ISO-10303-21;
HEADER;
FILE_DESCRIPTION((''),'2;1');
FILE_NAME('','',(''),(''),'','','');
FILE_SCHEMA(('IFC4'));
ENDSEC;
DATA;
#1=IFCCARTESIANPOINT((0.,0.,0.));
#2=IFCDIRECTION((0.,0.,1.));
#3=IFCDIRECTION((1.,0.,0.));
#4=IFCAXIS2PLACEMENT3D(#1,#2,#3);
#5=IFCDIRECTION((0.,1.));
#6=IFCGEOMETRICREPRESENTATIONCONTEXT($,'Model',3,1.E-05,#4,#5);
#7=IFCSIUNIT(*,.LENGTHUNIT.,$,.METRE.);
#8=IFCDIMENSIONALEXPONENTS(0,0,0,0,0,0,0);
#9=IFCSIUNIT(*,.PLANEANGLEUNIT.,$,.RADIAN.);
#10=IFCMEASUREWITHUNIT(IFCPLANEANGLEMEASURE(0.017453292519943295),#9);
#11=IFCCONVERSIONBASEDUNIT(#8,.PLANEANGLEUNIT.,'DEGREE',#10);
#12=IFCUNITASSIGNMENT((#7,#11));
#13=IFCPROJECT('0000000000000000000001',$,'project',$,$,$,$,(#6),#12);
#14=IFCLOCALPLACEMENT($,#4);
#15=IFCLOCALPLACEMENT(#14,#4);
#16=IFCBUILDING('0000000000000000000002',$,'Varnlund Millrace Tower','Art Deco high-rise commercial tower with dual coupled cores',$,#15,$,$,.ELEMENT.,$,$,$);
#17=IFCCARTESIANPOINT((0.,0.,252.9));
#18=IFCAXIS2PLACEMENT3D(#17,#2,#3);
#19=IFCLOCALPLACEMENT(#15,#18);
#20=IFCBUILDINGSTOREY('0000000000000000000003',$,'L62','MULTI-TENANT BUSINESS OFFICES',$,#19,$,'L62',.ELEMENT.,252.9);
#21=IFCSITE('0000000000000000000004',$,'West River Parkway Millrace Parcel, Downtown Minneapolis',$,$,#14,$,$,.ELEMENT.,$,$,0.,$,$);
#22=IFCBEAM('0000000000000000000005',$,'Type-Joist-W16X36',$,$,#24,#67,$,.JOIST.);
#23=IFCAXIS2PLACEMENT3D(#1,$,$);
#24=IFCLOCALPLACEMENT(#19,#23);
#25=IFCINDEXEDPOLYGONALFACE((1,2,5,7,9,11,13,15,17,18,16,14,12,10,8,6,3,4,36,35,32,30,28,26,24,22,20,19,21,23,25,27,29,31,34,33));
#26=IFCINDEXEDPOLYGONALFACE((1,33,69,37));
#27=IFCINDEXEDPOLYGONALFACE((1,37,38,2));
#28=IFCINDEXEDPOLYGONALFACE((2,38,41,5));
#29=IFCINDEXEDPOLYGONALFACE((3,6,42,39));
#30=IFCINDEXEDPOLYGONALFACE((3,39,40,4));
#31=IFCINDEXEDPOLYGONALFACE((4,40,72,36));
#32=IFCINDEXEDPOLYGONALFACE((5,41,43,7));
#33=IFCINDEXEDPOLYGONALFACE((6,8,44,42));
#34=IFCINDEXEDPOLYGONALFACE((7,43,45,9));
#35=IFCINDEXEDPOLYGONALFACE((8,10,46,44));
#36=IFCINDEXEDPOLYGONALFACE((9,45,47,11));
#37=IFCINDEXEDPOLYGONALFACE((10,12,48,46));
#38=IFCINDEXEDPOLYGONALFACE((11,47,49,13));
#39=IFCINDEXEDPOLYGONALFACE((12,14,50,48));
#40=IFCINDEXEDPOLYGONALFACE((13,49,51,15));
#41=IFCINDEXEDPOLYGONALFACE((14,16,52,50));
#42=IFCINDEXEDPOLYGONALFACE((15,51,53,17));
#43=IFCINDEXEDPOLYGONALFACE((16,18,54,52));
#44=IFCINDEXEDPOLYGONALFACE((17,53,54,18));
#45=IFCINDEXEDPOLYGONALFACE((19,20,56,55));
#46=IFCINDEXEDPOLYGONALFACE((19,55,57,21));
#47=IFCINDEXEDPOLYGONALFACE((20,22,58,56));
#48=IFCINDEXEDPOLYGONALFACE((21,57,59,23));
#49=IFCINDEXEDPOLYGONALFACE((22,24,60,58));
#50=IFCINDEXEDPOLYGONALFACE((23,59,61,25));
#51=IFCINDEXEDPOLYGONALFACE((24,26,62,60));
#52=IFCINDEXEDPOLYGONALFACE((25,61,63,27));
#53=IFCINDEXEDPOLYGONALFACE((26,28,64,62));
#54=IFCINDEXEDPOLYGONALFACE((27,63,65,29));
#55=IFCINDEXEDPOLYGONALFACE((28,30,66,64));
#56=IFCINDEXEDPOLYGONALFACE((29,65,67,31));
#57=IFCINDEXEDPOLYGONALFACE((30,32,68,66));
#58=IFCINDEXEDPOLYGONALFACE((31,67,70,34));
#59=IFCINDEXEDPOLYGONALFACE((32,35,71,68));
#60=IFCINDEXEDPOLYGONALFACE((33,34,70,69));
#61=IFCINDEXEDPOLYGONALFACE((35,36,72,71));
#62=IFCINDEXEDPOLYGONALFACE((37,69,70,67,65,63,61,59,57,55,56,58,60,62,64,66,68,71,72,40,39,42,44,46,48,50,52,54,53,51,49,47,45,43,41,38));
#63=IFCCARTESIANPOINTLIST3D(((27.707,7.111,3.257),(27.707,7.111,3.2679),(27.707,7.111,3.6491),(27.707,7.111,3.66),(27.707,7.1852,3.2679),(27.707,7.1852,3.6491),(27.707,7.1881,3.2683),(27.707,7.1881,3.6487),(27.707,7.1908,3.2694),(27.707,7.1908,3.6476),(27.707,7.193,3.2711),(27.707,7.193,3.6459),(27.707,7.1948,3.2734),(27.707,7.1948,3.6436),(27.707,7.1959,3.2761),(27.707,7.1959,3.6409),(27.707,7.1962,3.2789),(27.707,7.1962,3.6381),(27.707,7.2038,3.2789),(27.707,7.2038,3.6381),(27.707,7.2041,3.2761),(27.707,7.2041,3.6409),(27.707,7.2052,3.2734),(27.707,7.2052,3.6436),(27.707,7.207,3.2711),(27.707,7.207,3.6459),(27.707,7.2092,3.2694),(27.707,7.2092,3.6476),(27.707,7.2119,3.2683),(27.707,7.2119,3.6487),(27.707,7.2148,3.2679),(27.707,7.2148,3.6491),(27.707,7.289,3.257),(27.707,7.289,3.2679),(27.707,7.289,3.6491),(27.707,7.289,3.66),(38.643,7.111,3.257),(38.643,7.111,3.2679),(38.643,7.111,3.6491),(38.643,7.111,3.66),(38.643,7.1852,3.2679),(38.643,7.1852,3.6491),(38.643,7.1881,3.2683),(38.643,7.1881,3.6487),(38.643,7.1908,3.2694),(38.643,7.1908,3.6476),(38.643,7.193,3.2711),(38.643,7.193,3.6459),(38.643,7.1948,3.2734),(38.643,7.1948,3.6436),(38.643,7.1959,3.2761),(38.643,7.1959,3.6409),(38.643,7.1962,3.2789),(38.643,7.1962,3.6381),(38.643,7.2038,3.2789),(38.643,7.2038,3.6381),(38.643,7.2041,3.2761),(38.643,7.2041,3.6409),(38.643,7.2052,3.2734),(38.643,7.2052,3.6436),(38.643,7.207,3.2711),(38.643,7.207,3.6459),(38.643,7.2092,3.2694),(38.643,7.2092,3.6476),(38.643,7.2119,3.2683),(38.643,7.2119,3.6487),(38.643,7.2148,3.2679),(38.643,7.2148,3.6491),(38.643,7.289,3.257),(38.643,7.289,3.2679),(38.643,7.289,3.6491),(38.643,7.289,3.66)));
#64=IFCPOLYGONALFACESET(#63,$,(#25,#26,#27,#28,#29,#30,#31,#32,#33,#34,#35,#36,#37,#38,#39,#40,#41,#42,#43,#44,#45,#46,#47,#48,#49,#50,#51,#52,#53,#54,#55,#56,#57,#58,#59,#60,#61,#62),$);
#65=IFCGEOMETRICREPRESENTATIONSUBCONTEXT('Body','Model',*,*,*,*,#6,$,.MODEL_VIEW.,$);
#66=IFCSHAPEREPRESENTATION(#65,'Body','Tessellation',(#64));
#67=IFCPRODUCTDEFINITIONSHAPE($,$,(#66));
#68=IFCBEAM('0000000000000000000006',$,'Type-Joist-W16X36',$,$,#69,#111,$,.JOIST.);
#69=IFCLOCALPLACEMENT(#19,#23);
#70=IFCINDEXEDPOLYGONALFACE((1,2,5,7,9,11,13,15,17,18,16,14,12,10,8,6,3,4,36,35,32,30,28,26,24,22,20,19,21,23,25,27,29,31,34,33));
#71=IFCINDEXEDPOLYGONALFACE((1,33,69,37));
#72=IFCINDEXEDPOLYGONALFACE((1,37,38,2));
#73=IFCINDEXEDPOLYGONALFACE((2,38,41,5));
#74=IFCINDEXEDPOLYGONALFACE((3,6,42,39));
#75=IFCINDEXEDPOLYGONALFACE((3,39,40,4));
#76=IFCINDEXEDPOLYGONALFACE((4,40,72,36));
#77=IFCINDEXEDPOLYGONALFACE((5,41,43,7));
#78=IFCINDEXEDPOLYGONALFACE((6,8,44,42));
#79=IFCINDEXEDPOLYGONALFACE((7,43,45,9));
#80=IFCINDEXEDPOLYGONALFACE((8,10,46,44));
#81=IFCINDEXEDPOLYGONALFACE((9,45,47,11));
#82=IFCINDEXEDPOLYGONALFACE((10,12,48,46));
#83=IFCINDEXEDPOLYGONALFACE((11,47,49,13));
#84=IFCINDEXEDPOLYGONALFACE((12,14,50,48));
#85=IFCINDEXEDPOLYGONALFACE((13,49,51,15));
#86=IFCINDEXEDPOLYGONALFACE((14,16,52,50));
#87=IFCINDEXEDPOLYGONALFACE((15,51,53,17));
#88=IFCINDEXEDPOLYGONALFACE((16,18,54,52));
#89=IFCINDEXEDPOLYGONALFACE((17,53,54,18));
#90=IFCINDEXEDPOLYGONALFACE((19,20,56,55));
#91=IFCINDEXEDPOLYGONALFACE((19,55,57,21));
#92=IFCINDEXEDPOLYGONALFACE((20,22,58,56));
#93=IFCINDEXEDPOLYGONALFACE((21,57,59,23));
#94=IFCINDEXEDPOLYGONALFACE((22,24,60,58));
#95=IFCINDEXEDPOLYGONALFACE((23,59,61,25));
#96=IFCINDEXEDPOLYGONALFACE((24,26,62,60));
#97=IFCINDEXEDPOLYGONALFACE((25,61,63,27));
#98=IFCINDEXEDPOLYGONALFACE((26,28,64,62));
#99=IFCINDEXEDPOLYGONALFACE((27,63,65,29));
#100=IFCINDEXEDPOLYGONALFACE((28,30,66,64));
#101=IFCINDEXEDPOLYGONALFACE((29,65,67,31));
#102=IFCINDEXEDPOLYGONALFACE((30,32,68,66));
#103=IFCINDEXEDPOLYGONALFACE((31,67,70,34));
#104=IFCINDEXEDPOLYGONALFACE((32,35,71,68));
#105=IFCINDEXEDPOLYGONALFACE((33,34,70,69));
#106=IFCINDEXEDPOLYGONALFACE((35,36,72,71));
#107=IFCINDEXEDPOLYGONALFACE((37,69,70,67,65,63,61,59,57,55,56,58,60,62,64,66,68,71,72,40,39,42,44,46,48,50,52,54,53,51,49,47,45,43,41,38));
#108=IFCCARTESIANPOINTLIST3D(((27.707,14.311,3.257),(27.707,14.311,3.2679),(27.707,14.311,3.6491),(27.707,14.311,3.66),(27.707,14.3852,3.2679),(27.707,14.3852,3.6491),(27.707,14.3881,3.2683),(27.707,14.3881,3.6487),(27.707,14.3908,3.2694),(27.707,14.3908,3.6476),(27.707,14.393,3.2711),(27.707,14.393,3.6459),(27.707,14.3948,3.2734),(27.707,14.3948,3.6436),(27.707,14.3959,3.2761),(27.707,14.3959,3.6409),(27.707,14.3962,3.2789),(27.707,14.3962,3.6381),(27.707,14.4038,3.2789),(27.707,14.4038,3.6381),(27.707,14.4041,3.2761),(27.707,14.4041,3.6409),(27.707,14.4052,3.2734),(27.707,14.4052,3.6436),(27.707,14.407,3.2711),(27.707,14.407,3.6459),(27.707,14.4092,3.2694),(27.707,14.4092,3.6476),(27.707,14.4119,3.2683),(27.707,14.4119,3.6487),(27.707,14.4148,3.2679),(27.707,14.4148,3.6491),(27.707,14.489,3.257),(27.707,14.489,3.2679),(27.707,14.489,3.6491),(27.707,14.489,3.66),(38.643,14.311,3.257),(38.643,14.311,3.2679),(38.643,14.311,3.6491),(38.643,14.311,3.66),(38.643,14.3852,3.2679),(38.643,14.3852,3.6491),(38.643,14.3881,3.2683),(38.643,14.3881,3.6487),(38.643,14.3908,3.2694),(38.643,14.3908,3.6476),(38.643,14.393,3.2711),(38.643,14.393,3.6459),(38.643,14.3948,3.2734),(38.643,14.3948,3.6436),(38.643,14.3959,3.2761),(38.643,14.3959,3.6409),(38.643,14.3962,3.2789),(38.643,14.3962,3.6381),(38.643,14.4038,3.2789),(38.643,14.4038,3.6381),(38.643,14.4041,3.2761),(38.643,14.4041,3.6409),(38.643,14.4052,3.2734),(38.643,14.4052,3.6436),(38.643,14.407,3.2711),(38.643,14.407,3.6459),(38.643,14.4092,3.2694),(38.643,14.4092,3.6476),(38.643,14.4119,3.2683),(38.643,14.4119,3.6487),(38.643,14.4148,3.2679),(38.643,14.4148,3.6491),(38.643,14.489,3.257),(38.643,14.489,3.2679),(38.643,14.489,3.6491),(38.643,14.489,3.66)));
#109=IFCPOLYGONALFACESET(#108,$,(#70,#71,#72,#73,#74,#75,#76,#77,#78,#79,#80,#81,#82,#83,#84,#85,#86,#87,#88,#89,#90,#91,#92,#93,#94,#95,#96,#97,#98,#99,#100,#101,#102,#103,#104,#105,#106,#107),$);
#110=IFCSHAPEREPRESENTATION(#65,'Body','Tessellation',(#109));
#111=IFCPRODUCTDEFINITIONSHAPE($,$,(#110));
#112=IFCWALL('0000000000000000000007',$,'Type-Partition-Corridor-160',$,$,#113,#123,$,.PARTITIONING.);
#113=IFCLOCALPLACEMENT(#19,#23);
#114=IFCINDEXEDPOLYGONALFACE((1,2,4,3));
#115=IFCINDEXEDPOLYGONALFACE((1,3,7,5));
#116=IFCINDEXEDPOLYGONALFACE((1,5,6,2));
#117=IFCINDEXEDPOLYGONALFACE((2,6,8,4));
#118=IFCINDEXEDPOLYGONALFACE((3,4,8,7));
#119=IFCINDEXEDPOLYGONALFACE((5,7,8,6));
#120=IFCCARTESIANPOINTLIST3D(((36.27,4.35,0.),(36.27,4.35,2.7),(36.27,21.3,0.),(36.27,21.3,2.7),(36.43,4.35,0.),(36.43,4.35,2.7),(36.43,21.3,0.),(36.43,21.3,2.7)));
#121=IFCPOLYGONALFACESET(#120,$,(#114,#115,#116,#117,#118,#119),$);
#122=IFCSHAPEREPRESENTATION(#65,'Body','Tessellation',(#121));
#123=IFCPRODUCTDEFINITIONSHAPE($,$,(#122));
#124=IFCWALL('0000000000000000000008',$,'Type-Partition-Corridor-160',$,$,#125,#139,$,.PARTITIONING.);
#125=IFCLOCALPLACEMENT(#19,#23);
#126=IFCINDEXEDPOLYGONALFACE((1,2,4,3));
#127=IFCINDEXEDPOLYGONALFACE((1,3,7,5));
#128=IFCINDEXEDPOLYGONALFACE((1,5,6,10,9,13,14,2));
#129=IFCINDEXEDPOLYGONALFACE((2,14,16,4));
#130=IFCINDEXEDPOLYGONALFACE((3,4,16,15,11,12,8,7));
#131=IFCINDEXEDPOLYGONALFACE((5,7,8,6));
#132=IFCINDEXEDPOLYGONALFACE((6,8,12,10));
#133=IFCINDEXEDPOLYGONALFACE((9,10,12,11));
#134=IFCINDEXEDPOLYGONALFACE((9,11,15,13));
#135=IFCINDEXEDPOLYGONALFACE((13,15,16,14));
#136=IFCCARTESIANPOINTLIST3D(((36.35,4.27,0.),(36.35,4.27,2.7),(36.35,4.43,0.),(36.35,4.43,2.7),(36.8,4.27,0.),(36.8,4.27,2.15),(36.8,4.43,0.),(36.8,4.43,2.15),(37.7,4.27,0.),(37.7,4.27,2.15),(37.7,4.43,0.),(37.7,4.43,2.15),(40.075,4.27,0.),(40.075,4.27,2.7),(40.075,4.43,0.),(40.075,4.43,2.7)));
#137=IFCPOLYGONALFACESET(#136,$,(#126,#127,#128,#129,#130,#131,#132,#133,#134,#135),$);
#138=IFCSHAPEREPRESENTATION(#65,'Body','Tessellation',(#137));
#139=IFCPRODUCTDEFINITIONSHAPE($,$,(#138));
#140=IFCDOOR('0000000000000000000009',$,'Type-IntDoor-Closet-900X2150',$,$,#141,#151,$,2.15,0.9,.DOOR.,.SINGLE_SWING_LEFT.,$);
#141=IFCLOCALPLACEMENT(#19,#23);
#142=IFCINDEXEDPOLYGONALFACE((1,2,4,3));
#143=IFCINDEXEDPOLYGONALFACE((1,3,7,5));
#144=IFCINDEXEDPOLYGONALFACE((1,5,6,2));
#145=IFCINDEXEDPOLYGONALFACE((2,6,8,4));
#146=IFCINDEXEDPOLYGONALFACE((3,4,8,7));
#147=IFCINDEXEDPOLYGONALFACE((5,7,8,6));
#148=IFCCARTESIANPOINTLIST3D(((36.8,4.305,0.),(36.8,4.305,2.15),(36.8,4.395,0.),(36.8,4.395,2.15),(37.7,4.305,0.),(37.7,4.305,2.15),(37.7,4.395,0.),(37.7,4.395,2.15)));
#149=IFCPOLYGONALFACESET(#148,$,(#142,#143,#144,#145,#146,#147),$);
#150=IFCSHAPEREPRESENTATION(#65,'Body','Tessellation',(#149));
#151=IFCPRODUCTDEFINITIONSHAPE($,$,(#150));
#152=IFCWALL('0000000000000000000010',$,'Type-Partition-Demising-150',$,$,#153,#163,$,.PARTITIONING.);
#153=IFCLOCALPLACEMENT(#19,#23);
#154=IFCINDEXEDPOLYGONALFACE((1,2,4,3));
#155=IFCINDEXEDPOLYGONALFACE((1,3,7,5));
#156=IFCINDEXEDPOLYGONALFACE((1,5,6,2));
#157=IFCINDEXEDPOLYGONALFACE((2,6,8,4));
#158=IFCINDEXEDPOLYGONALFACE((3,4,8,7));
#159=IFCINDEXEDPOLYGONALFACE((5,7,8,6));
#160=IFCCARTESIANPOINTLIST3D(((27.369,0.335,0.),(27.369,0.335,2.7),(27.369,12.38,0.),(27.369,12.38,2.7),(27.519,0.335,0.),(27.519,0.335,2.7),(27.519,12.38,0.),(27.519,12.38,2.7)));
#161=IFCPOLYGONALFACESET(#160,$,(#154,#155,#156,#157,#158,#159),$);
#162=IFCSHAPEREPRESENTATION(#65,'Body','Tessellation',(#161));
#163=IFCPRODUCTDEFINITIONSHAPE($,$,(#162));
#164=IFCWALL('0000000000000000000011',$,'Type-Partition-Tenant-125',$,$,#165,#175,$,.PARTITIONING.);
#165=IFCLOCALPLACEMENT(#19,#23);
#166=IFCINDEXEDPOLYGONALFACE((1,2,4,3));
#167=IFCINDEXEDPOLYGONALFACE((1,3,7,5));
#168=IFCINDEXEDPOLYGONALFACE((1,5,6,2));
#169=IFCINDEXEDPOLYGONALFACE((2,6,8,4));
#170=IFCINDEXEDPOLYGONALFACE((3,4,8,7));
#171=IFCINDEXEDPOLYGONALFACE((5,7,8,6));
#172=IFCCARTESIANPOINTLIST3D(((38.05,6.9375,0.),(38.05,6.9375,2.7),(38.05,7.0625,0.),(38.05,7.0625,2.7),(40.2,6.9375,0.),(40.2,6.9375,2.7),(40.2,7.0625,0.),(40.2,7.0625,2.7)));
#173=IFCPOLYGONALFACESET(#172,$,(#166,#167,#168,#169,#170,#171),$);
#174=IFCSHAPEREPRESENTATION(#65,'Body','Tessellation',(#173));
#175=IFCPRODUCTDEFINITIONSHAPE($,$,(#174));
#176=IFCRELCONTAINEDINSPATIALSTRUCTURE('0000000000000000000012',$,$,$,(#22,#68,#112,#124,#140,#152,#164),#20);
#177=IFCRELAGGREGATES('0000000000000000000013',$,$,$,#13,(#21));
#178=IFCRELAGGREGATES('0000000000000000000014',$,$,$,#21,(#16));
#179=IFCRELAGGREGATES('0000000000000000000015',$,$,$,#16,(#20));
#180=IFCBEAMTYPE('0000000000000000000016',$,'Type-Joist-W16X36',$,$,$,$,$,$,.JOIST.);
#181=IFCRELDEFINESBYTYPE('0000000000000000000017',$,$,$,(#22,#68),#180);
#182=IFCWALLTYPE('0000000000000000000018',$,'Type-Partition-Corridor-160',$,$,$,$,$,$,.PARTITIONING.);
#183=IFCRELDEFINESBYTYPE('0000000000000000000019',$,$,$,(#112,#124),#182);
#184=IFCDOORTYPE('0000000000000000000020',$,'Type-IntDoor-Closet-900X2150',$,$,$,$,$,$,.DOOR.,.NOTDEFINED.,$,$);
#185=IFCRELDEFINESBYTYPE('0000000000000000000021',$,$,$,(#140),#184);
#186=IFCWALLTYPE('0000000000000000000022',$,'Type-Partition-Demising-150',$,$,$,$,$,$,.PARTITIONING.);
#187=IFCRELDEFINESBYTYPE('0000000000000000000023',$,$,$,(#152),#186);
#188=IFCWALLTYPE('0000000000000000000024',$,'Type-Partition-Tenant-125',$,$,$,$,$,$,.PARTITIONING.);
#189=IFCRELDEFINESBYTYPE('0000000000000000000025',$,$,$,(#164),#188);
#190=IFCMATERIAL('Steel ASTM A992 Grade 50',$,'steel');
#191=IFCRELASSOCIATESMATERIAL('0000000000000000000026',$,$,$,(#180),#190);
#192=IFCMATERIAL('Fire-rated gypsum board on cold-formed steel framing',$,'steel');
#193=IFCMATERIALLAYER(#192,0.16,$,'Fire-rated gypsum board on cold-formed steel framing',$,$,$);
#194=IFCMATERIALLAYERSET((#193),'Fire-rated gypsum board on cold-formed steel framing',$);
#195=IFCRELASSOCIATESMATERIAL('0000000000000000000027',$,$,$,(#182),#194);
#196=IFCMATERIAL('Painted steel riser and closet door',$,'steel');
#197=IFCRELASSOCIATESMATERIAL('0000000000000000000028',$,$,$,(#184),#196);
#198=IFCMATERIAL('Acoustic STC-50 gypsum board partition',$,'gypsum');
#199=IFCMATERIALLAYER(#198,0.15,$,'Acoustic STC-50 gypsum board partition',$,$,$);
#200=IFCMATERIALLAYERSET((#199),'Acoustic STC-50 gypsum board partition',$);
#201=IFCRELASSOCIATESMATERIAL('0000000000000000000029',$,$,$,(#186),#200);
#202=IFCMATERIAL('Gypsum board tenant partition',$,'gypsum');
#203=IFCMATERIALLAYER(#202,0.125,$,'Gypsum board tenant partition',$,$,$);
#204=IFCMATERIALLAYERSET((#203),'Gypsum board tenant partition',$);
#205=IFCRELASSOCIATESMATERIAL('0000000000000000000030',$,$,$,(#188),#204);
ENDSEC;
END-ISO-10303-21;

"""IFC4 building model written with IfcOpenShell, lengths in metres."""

from ifc_helpers import new_model, entity, si_unit, converted_unit, direction, frame, origin_with_axes, origin_2d_with_axis, place, context, subcontext, project, spatial, polyline, rectangle, i_section, outline, extrude, material, layer, layer_set, material_profile, profile_set, type_object, element, fill, save


model = new_model("IFC4")

# Units and contexts
model_context = context("Model", 3, precision=1e-05, world=origin_with_axes(), true_north=direction((0.0, 1.0)))
body_context = subcontext(model_context, "Body", "Model", "MODEL_VIEW")
ifc_project = project(units=[si_unit("LENGTHUNIT", "METRE"), converted_unit("PLANEANGLEUNIT", "DEGREE", entity("IfcPlaneAngleMeasure", 0.017453292519943295), si_unit("PLANEANGLEUNIT", "RADIAN"), dimensions=[0, 0, 0, 0, 0, 0, 0])], contexts=[model_context])

# Site, building, storey
site_placement = place(None, origin_with_axes())
site = spatial("IfcSite", under=ifc_project, at=site_placement, Name="West River Parkway Millrace Parcel, Downtown Minneapolis", CompositionType="ELEMENT", RefElevation=0.0)
building_placement = place(site_placement, origin_with_axes())
building = spatial("IfcBuilding", under=site, at=building_placement, Name="Varnlund Millrace Tower", Description="Art Deco high-rise commercial tower with dual coupled cores", CompositionType="ELEMENT")
storey_placement = place(building_placement, frame((0.0, 0.0, 252.9), z_axis=(0.0, 0.0, 1.0), x_axis=(1.0, 0.0, 0.0)))
storey = spatial("IfcBuildingStorey", under=building, at=storey_placement, Name="L62", Description="MULTI-TENANT BUSINESS OFFICES", LongName="L62", CompositionType="ELEMENT", Elevation=252.9)

# Beams
ifc_material_1 = material(Name="Steel ASTM A992 Grade 50", Category="steel")
ifc_material_profile_1 = material_profile(ifc_material_1, i_section(OverallWidth=0.178, OverallDepth=0.403, WebThickness=0.0075, FlangeThickness=0.0109, FilletRadius=0.011, at=origin_2d_with_axis()), Name="Steel ASTM A992 Grade 50")
ifc_profile_set_1 = profile_set([ifc_material_profile_1], Name="Steel ASTM A992 Grade 50")
beam_type_1 = type_object("IfcBeamType", Name="Type-Joist-W16X36", PredefinedType="JOIST", material=ifc_profile_set_1)
for number, where, z_axis, x_axis, name in (
    (1, (27.707, 7.2, 3.4585), (1.0, 0.0, 0.0), (0.0, 1.0, 0.0), "Type-Joist-W16X36"),
    (2, (27.707, 14.4, 3.4585), (1.0, 0.0, 0.0), (0.0, 1.0, 0.0), "Type-Joist-W16X36"),
):
    element("IfcBeam", number, at=place(storey_placement, frame(where, z_axis=z_axis, x_axis=x_axis)), inside=storey, type_object=beam_type_1, Name=name, PredefinedType="JOIST", context=body_context, shape_type="SweptSolid", body=[
        extrude(i_section(OverallWidth=0.178, OverallDepth=0.403, WebThickness=0.0075, FlangeThickness=0.0109, FilletRadius=0.011, at=origin_2d_with_axis()), origin_with_axes(), (0.0, 0.0, 1.0), 10.936),
    ])

# Wall
ifc_material_2 = material(Name="Fire-rated gypsum board on cold-formed steel framing", Category="steel")
ifc_layer_1 = layer(ifc_material_2, 0.16, Name="Fire-rated gypsum board on cold-formed steel framing")
ifc_layer_set_1 = layer_set([ifc_layer_1], Name="Fire-rated gypsum board on cold-formed steel framing")
wall_type_1 = type_object("IfcWallType", Name="Type-Partition-Corridor-160", PredefinedType="PARTITIONING", material=ifc_layer_set_1)
wall_1_placement = place(storey_placement, frame((36.35, 4.35, 0.0), z_axis=(0.0, 0.0, 1.0), x_axis=(0.0, 1.0, 0.0)))
element("IfcWall", 3, at=wall_1_placement, inside=storey, type_object=wall_type_1, Name="Type-Partition-Corridor-160", PredefinedType="PARTITIONING", context=body_context, shape_type="SweptSolid", body=[
    extrude(outline(polyline([(0.0, -0.08), (16.95, -0.08), (16.95, 0.08), (0.0, 0.08), (0.0, -0.08)])), origin_with_axes(), (0.0, 0.0, 1.0), 2.7),
])

# Wall, opening, door
wall_2_placement = place(storey_placement, frame((36.35, 4.35, 0.0), z_axis=(0.0, 0.0, 1.0), x_axis=(1.0, 0.0, 0.0)))
wall_2 = element("IfcWall", 4, at=wall_2_placement, inside=storey, type_object=wall_type_1, Name="Type-Partition-Corridor-160", PredefinedType="PARTITIONING", context=body_context, shape_type="SweptSolid", body=[
    extrude(outline(polyline([(0.0, -0.08), (3.725, -0.08), (3.725, 0.08), (0.0, 0.08), (0.0, -0.08)])), origin_with_axes(), (0.0, 0.0, 1.0), 2.7),
])
opening_1_placement = place(wall_2_placement, frame((0.9, 0.0, 0.0), z_axis=(0.0, 0.0, 1.0), x_axis=(1.0, 0.0, 0.0)))
opening_1 = element("IfcOpeningElement", 5, at=opening_1_placement, cuts=wall_2, PredefinedType="OPENING", context=body_context, shape_type="SweptSolid", body=[
    extrude(rectangle(XDim=0.9, YDim=0.18, at=origin_2d_with_axis()), origin_with_axes(), (0.0, 0.0, 1.0), 2.15),
])
ifc_material_3 = material(Name="Painted steel riser and closet door", Category="steel")
door_type = type_object("IfcDoorType", Name="Type-IntDoor-Closet-900X2150", OperationType="NOTDEFINED", PredefinedType="DOOR", material=ifc_material_3)
door_1_placement = place(wall_2_placement, frame((0.9, 0.0, 0.0), z_axis=(0.0, 0.0, 1.0), x_axis=(1.0, 0.0, 0.0)))
door_1 = element("IfcDoor", 6, at=door_1_placement, inside=storey, type_object=door_type, Name="Type-IntDoor-Closet-900X2150", OperationType="SINGLE_SWING_LEFT", OverallHeight=2.15, OverallWidth=0.9, PredefinedType="DOOR", context=body_context, shape_type="SweptSolid", body=[
    extrude(rectangle(XDim=0.9, YDim=0.09, at=origin_2d_with_axis()), origin_with_axes(), (0.0, 0.0, 1.0), 2.15),
])
fill(opening_1, door_1)

# Walls
ifc_material_4 = material(Name="Acoustic STC-50 gypsum board partition", Category="gypsum")
ifc_layer_2 = layer(ifc_material_4, 0.15, Name="Acoustic STC-50 gypsum board partition")
ifc_layer_set_2 = layer_set([ifc_layer_2], Name="Acoustic STC-50 gypsum board partition")
wall_type_2 = type_object("IfcWallType", Name="Type-Partition-Demising-150", PredefinedType="PARTITIONING", material=ifc_layer_set_2)
wall_3_placement = place(storey_placement, frame((27.444, 0.335, 0.0), z_axis=(0.0, 0.0, 1.0), x_axis=(0.0, 1.0, 0.0)))
element("IfcWall", 7, at=wall_3_placement, inside=storey, type_object=wall_type_2, Name="Type-Partition-Demising-150", PredefinedType="PARTITIONING", context=body_context, shape_type="SweptSolid", body=[
    extrude(outline(polyline([(0.0, -0.075), (12.045, -0.075), (12.045, 0.075), (0.0, 0.075), (0.0, -0.075)])), origin_with_axes(), (0.0, 0.0, 1.0), 2.7),
])
ifc_material_5 = material(Name="Gypsum board tenant partition", Category="gypsum")
ifc_layer_3 = layer(ifc_material_5, 0.125, Name="Gypsum board tenant partition")
ifc_layer_set_3 = layer_set([ifc_layer_3], Name="Gypsum board tenant partition")
wall_type_3 = type_object("IfcWallType", Name="Type-Partition-Tenant-125", PredefinedType="PARTITIONING", material=ifc_layer_set_3)
wall_4_placement = place(storey_placement, frame((38.05, 7.0, 0.0), z_axis=(0.0, 0.0, 1.0), x_axis=(1.0, 0.0, 0.0)))
element("IfcWall", 8, at=wall_4_placement, inside=storey, type_object=wall_type_3, Name="Type-Partition-Tenant-125", PredefinedType="PARTITIONING", context=body_context, shape_type="SweptSolid", body=[
    extrude(outline(polyline([(0.0, -0.0625), (2.15, -0.0625), (2.15, 0.0625), (0.0, 0.0625), (0.0, -0.0625)])), origin_with_axes(), (0.0, 0.0, 1.0), 2.7),
])

save(model, "model.ifc")
